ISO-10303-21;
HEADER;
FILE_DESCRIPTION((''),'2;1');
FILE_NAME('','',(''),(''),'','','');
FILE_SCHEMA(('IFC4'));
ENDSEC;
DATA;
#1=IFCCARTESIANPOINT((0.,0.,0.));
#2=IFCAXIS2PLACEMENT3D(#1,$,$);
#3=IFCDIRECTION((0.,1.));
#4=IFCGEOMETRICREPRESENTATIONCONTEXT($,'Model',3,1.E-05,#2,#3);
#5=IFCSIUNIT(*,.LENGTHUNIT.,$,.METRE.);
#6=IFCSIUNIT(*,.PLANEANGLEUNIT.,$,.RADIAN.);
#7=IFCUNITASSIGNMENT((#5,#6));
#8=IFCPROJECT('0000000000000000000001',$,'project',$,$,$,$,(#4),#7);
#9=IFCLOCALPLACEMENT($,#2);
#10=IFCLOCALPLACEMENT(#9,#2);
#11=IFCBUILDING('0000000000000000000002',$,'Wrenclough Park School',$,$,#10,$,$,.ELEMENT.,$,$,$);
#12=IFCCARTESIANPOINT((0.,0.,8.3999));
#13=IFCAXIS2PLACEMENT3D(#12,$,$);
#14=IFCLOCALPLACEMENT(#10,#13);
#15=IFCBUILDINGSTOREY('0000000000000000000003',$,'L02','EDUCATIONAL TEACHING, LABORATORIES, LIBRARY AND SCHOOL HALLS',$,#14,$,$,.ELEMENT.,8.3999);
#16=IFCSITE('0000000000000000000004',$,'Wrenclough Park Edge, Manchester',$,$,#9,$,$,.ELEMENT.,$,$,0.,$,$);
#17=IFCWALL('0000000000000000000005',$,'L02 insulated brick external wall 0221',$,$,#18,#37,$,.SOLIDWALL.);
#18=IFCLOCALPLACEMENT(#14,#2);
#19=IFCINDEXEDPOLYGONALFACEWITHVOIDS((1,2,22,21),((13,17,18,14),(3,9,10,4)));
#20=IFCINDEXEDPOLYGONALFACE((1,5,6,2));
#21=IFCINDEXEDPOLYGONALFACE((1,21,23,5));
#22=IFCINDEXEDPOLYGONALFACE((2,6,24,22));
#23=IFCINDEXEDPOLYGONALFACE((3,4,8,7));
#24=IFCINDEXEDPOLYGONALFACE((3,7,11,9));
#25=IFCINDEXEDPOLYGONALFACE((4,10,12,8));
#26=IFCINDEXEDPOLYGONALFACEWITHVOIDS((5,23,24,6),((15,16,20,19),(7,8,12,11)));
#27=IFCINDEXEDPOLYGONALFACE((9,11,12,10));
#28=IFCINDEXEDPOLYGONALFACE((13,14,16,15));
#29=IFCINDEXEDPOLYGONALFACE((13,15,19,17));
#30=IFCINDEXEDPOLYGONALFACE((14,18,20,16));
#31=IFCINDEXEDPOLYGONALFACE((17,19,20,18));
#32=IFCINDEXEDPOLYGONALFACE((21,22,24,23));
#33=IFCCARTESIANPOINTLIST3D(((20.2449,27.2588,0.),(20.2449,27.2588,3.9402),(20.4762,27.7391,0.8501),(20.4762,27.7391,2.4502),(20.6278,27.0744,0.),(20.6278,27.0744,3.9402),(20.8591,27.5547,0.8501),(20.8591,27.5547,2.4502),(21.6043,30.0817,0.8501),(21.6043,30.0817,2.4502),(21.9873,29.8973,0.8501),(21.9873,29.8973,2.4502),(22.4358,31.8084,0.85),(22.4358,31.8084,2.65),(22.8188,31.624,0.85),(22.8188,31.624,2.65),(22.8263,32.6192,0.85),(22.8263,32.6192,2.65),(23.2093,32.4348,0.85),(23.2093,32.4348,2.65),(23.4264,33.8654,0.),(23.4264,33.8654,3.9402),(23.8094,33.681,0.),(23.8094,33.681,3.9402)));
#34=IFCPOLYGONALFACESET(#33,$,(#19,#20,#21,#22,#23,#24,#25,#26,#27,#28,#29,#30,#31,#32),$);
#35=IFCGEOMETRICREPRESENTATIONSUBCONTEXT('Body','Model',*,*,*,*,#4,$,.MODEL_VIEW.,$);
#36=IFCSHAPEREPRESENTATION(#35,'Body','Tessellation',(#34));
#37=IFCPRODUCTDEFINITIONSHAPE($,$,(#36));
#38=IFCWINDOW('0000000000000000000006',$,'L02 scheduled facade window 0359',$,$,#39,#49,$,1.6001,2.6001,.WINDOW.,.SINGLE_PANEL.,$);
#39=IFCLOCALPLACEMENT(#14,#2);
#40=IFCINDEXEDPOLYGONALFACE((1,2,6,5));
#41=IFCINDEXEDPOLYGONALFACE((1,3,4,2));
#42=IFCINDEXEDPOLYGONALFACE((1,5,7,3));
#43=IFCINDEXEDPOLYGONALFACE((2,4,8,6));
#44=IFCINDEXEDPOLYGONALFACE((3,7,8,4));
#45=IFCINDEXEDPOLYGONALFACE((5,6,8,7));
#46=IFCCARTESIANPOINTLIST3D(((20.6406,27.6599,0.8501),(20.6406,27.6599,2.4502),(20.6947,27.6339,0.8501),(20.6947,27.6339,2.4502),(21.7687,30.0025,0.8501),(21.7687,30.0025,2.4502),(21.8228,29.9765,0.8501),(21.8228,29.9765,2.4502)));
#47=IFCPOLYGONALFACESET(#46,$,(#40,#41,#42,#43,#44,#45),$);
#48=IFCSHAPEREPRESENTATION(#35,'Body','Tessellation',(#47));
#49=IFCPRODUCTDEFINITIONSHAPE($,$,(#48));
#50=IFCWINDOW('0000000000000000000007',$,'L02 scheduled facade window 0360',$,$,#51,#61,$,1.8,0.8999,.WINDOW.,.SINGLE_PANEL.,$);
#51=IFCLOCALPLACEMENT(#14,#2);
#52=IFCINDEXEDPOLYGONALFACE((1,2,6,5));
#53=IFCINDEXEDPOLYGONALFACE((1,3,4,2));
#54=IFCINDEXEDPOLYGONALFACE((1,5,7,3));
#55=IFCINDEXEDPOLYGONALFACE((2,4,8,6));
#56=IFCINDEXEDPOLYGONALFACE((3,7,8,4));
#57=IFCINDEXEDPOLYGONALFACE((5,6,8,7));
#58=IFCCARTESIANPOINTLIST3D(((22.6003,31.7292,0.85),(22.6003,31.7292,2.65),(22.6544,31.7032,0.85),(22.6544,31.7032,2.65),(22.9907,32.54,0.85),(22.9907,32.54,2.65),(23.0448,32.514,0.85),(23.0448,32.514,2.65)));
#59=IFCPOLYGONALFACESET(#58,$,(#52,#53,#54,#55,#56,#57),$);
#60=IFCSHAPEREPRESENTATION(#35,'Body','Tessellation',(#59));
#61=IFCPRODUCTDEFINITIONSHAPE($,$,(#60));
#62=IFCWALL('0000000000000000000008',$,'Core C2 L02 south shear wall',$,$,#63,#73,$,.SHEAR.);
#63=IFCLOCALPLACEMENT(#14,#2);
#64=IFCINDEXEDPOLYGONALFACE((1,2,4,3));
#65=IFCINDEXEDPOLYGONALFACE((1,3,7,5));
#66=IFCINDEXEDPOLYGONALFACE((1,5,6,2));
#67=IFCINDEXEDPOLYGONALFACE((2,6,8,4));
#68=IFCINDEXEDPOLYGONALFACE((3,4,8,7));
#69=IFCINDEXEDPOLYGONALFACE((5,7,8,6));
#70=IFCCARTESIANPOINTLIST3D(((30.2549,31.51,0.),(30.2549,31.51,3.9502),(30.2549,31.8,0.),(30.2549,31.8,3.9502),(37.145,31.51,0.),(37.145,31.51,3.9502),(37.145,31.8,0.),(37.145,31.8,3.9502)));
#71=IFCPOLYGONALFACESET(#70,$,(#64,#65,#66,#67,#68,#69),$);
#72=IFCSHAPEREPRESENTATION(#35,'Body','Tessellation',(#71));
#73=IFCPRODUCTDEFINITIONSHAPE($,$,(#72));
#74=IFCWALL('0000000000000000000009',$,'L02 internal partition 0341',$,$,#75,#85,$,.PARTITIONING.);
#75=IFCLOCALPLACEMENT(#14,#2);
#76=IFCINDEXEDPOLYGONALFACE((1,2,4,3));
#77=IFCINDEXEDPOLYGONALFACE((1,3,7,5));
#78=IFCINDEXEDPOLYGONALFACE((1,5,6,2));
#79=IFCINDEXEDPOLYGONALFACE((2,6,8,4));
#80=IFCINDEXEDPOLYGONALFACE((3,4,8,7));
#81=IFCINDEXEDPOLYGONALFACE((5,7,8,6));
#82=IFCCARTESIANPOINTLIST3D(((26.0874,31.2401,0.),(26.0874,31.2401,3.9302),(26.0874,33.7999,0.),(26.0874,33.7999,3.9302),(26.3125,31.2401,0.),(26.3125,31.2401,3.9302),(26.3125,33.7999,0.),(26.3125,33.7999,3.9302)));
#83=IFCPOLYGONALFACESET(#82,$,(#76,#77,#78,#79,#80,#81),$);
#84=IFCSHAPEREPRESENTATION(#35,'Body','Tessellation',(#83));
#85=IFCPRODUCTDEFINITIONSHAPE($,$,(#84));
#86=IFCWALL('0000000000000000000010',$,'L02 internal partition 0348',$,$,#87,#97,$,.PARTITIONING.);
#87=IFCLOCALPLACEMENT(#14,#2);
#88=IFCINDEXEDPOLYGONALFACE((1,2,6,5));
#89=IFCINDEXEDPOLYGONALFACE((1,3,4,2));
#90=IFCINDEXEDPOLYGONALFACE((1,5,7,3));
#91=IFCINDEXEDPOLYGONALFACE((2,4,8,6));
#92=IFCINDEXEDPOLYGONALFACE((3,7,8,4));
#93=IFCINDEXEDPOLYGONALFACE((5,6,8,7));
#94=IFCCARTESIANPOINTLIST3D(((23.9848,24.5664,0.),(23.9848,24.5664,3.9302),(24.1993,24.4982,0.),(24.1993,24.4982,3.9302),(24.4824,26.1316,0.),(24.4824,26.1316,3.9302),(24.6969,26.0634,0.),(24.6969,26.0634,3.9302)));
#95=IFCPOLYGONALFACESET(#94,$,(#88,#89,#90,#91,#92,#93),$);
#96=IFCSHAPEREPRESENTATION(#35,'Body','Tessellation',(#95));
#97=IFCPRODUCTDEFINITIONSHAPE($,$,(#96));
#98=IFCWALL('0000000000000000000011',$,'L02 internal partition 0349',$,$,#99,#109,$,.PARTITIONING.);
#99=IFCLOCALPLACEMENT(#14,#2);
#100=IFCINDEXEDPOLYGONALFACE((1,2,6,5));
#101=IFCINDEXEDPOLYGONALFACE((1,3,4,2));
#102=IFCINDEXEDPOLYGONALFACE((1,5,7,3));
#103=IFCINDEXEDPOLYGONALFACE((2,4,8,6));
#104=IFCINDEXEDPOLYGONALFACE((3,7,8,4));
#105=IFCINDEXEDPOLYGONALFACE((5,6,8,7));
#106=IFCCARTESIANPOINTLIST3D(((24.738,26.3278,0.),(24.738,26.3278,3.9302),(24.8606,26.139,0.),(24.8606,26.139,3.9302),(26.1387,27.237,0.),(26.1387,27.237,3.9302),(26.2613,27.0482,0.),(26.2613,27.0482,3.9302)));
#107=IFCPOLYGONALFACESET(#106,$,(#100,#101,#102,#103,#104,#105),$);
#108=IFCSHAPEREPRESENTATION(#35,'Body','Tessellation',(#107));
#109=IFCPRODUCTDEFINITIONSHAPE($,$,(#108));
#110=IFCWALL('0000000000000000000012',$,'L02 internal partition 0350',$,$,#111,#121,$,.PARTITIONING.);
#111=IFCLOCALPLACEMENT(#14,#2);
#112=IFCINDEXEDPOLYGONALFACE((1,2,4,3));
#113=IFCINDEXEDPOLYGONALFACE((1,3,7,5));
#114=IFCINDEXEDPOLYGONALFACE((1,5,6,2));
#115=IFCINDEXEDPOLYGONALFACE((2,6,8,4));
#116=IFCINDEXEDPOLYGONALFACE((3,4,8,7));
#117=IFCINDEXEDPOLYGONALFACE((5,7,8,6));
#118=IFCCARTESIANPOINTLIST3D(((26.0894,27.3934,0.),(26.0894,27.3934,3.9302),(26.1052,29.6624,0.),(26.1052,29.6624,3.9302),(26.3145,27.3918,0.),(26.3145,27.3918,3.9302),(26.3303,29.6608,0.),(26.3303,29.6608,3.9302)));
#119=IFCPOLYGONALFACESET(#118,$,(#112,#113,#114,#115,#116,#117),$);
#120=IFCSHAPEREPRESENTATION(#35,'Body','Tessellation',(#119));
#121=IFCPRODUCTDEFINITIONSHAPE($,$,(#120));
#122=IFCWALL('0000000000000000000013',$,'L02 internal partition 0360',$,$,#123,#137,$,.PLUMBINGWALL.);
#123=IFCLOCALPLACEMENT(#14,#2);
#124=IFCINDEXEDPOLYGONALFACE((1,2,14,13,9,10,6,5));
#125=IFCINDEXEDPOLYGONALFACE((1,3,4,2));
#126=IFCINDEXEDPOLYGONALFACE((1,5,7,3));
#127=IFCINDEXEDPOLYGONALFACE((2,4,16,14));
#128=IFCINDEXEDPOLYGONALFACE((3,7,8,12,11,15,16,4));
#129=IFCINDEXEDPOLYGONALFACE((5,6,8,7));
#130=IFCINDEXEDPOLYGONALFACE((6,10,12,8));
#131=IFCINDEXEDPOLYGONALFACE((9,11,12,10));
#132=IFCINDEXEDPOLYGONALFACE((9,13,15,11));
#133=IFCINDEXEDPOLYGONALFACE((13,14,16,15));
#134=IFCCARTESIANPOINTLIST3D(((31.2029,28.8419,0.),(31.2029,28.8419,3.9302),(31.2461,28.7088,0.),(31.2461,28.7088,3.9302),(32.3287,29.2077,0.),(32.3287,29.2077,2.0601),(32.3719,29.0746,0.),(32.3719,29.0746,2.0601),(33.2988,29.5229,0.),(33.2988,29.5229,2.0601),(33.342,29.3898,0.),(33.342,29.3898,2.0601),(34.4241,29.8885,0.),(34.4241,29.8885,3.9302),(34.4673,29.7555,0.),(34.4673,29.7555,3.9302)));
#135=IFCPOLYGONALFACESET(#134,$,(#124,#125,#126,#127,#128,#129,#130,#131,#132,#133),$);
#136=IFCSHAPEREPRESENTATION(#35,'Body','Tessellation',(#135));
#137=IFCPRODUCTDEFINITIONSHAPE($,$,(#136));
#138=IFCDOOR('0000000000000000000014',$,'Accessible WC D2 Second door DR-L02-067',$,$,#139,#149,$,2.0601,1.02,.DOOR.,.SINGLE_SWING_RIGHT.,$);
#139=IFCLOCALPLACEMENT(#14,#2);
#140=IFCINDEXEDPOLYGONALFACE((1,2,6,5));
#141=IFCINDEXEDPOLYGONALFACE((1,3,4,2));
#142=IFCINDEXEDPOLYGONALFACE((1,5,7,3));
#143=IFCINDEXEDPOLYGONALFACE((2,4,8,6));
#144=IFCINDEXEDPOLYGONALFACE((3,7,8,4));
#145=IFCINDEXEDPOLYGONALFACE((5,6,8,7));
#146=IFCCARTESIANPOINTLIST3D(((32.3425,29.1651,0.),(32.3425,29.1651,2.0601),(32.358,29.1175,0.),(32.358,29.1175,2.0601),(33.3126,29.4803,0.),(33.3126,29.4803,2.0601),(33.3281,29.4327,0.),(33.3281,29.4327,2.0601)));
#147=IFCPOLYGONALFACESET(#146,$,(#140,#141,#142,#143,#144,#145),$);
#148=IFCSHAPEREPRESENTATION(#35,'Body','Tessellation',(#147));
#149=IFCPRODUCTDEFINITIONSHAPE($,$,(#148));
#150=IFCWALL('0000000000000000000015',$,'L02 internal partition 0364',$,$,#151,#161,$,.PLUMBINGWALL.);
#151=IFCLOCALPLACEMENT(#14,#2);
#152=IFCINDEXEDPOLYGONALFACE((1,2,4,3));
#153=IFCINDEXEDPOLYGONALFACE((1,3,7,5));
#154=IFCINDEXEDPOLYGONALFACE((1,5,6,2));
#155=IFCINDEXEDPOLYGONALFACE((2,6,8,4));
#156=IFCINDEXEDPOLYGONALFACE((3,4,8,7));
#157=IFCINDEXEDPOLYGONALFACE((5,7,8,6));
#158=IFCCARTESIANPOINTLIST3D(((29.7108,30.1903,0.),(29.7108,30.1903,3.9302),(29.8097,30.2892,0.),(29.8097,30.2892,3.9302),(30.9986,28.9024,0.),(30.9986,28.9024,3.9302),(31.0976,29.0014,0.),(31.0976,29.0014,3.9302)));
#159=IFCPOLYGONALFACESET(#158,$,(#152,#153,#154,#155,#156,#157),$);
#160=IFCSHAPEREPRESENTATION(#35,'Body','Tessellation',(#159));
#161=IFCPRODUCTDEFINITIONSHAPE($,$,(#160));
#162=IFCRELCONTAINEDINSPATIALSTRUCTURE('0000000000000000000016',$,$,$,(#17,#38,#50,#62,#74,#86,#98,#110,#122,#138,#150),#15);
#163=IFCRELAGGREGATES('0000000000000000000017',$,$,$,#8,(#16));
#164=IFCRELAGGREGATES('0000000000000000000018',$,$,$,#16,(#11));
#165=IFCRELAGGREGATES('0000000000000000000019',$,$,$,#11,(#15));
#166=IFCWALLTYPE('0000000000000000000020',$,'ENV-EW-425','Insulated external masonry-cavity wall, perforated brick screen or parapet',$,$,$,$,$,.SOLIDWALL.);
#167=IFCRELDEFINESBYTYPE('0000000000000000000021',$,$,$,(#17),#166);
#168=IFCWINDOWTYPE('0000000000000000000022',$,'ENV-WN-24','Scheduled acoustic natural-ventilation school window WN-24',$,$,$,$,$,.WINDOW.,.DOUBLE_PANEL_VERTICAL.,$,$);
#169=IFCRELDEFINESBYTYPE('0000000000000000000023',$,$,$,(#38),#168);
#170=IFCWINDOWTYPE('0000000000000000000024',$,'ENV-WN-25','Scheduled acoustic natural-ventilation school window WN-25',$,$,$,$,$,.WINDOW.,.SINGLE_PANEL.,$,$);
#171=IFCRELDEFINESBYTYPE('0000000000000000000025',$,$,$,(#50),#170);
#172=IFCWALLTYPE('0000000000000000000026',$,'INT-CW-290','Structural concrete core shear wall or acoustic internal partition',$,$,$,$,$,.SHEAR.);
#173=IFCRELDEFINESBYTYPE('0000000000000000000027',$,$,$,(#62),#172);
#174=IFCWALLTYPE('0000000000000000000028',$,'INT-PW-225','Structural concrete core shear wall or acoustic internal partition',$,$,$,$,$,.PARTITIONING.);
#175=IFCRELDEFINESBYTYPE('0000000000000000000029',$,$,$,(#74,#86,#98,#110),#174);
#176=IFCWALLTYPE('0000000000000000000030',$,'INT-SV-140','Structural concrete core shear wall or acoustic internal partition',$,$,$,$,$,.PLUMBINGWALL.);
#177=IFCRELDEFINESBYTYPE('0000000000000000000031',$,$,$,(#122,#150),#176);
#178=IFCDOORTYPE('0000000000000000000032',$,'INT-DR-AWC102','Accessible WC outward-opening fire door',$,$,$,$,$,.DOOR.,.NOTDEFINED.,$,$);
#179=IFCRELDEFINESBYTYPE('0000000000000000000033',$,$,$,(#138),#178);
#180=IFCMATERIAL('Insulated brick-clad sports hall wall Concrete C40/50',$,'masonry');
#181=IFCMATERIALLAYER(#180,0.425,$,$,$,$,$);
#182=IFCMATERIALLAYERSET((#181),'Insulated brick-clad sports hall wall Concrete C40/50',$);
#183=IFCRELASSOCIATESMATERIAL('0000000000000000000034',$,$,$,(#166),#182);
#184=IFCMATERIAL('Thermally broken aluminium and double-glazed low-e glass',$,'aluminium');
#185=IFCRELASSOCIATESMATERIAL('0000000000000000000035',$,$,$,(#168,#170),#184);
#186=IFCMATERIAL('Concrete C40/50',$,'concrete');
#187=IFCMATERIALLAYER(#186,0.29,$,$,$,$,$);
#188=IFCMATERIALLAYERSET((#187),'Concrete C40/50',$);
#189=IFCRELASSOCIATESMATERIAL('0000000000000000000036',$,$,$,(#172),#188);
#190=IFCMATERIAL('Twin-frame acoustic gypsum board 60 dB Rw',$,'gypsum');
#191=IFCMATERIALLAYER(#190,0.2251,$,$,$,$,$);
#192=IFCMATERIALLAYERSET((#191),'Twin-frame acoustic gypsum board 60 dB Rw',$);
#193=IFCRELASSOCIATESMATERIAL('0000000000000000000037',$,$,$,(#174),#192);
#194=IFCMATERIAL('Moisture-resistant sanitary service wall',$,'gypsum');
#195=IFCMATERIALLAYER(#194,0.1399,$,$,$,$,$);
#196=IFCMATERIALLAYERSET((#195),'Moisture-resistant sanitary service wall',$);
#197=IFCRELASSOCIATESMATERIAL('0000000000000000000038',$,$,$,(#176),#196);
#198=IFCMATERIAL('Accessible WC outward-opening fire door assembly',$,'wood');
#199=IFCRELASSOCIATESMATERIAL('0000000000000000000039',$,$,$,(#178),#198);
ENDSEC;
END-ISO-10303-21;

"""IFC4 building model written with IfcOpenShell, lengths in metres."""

from ifc_helpers import new_model, si_unit, direction, frame, frame_2d, origin, place, context, subcontext, project, spatial, rectangle, extrude, material, layer, layer_set, type_object, element, fill, save


model = new_model("IFC4")

# Units and contexts
model_context = context("Model", 3, precision=1e-05, world=origin(), true_north=direction((0.0, 1.0)))
body_context = subcontext(model_context, "Body", "Model", "MODEL_VIEW")
ifc_project = project(units=[si_unit("LENGTHUNIT", "METRE"), si_unit("PLANEANGLEUNIT", "RADIAN")], contexts=[model_context])

# Site, building, storey
site_placement = place(None, origin())
site = spatial("IfcSite", under=ifc_project, at=site_placement, Name="Wrenclough Park Edge, Manchester", CompositionType="ELEMENT", RefElevation=0.0)
building_placement = place(site_placement, origin())
building = spatial("IfcBuilding", under=site, at=building_placement, Name="Wrenclough Park School", CompositionType="ELEMENT")
storey_placement = place(building_placement, frame((0.0, 0.0, 8.3999)))
storey = spatial("IfcBuildingStorey", under=building, at=storey_placement, Name="L02", Description="EDUCATIONAL TEACHING, LABORATORIES, LIBRARY AND SCHOOL HALLS", CompositionType="ELEMENT", Elevation=8.3999)

# Shared definitions
ifc_material_1 = material(Name="Concrete C40/50", Category="concrete")

# Wall, openings, windows
ifc_material_2 = material(Name="Insulated brick-clad sports hall wall Concrete C40/50", Category="masonry")
ifc_layer_1 = layer(ifc_material_2, 0.425)
ifc_layer_set_1 = layer_set([ifc_layer_1], Name="Insulated brick-clad sports hall wall Concrete C40/50")
wall_type_1 = type_object("IfcWallType", Name="ENV-EW-425", Description="Insulated external masonry-cavity wall, perforated brick screen or parapet", PredefinedType="SOLIDWALL", material=ifc_layer_set_1)
wall_1_placement = place(storey_placement, frame((20.4363, 27.1665, 0.0), z_axis=(0.0, 0.0, 1.0), x_axis=(0.433887, 0.900967, 0.0)))
wall_1 = element("IfcWall", 1, at=wall_1_placement, inside=storey, type_object=wall_type_1, Name="L02 insulated brick external wall 0221", PredefinedType="SOLIDWALL", context=body_context, shape_type="SweptSolid", body=[
    extrude(rectangle(XDim=7.3328, YDim=0.425, at=frame_2d((3.6665, 0.0))), origin(), (0.0, 0.0, 1.0), 3.9402),
])
opening_1_placement = place(wall_1_placement, frame((0.5332, 0.0, 0.8501)))
opening_1 = element("IfcOpeningElement", 2, at=opening_1_placement, cuts=wall_1, PredefinedType="OPENING", context=body_context, shape_type="SweptSolid", body=[
    extrude(rectangle(XDim=2.6001, YDim=1.6001, at=frame_2d((1.3, 0.8))), frame((0.0, 0.2224, 0.0), z_axis=(0.0, -1.0, 0.0), x_axis=(1.0, 0.0, 0.0)), (0.0, 0.0, 1.0), 0.4451),
])
opening_2_placement = place(wall_1_placement, frame((5.0498, 0.0, 0.8501)))
opening_2 = element("IfcOpeningElement", 3, at=opening_2_placement, cuts=wall_1, PredefinedType="OPENING", context=body_context, shape_type="SweptSolid", body=[
    extrude(rectangle(XDim=0.8999, YDim=1.8, at=frame_2d((0.45, 0.8999))), frame((0.0, 0.2224, 0.0), z_axis=(0.0, -1.0, 0.0), x_axis=(1.0, 0.0, 0.0)), (0.0, 0.0, 1.0), 0.4451),
])
ifc_material_3 = material(Name="Thermally broken aluminium and double-glazed low-e glass", Category="aluminium")
window_type_1 = type_object("IfcWindowType", Name="ENV-WN-24", Description="Scheduled acoustic natural-ventilation school window WN-24", PartitioningType="DOUBLE_PANEL_VERTICAL", PredefinedType="WINDOW", material=ifc_material_3)
window_1_placement = place(opening_1_placement, origin())
window_1 = element("IfcWindow", 4, at=window_1_placement, inside=storey, type_object=window_type_1, Name="L02 scheduled facade window 0359", OverallHeight=1.6001, OverallWidth=2.6001, PartitioningType="SINGLE_PANEL", PredefinedType="WINDOW", context=body_context, shape_type="SweptSolid", body=[
    extrude(rectangle(XDim=2.6001, YDim=1.6001, at=frame_2d((1.3, 0.8))), frame((0.0, 0.03, 0.0), z_axis=(0.0, -1.0, 0.0), x_axis=(1.0, 0.0, 0.0)), (0.0, 0.0, 1.0), 0.0601),
])
fill(opening_1, window_1)
window_type_2 = type_object("IfcWindowType", Name="ENV-WN-25", Description="Scheduled acoustic natural-ventilation school window WN-25", PartitioningType="SINGLE_PANEL", PredefinedType="WINDOW", material=ifc_material_3)
window_2_placement = place(opening_2_placement, origin())
window_2 = element("IfcWindow", 5, at=window_2_placement, inside=storey, type_object=window_type_2, Name="L02 scheduled facade window 0360", OverallHeight=1.8, OverallWidth=0.8999, PartitioningType="SINGLE_PANEL", PredefinedType="WINDOW", context=body_context, shape_type="SweptSolid", body=[
    extrude(rectangle(XDim=0.8999, YDim=1.8, at=frame_2d((0.45, 0.8999))), frame((0.0, 0.03, 0.0), z_axis=(0.0, -1.0, 0.0), x_axis=(1.0, 0.0, 0.0)), (0.0, 0.0, 1.0), 0.0601),
])
fill(opening_2, window_2)

# Walls
ifc_layer_2 = layer(ifc_material_1, 0.29)
ifc_layer_set_2 = layer_set([ifc_layer_2], Name="Concrete C40/50")
wall_type_2 = type_object("IfcWallType", Name="INT-CW-290", Description="Structural concrete core shear wall or acoustic internal partition", PredefinedType="SHEAR", material=ifc_layer_set_2)
wall_2_placement = place(storey_placement, frame((30.2549, 31.655, 0.0), z_axis=(0.0, 0.0, 1.0), x_axis=(1.0, 0.0, 0.0)))
element("IfcWall", 6, at=wall_2_placement, inside=storey, type_object=wall_type_2, Name="Core C2 L02 south shear wall", PredefinedType="SHEAR", context=body_context, shape_type="SweptSolid", body=[
    extrude(rectangle(XDim=6.8901, YDim=0.29, at=frame_2d((3.4451, 0.0))), origin(), (0.0, 0.0, 1.0), 3.9502),
])
ifc_material_4 = material(Name="Twin-frame acoustic gypsum board 60 dB Rw", Category="gypsum")
ifc_layer_3 = layer(ifc_material_4, 0.2251)
ifc_layer_set_3 = layer_set([ifc_layer_3], Name="Twin-frame acoustic gypsum board 60 dB Rw")
wall_type_3 = type_object("IfcWallType", Name="INT-PW-225", Description="Structural concrete core shear wall or acoustic internal partition", PredefinedType="PARTITIONING", material=ifc_layer_set_3)
wall_3_placement = place(storey_placement, frame((26.2, 31.2402, 0.0), z_axis=(0.0, 0.0, 1.0), x_axis=(0.0, 1.0, 0.0)))
element("IfcWall", 7, at=wall_3_placement, inside=storey, type_object=wall_type_3, Name="L02 internal partition 0341", PredefinedType="PARTITIONING", context=body_context, shape_type="SweptSolid", body=[
    extrude(rectangle(XDim=2.5598, YDim=0.2251, at=frame_2d((1.2798, 0.0))), origin(), (0.0, 0.0, 1.0), 3.9302),
])
wall_4_placement = place(storey_placement, frame((24.092, 24.5322, 0.0), z_axis=(0.0, 0.0, 1.0), x_axis=(0.302952, 0.953006, 0.0)))
element("IfcWall", 8, at=wall_4_placement, inside=storey, type_object=wall_type_3, Name="L02 internal partition 0348", PredefinedType="PARTITIONING", context=body_context, shape_type="SweptSolid", body=[
    extrude(rectangle(XDim=1.6423, YDim=0.2251, at=frame_2d((0.8213, 0.0))), origin(), (0.0, 0.0, 1.0), 3.9302),
])
wall_5_placement = place(storey_placement, frame((24.7993, 26.2334, 0.0), z_axis=(0.0, 0.0, 1.0), x_axis=(0.838781, 0.544469, 0.0)))
element("IfcWall", 9, at=wall_5_placement, inside=storey, type_object=wall_type_3, Name="L02 internal partition 0349", PredefinedType="PARTITIONING", context=body_context, shape_type="SweptSolid", body=[
    extrude(rectangle(XDim=1.6699, YDim=0.2251, at=frame_2d((0.835, 0.0))), origin(), (0.0, 0.0, 1.0), 3.9302),
])
wall_6_placement = place(storey_placement, frame((26.2019, 27.3926, 0.0), z_axis=(0.0, 0.0, 1.0), x_axis=(0.006994, 0.999976, 0.0)))
element("IfcWall", 10, at=wall_6_placement, inside=storey, type_object=wall_type_3, Name="L02 internal partition 0350", PredefinedType="PARTITIONING", context=body_context, shape_type="SweptSolid", body=[
    extrude(rectangle(XDim=2.269, YDim=0.2251, at=frame_2d((1.1345, 0.0))), origin(), (0.0, 0.0, 1.0), 3.9302),
])

# Wall, opening, door
ifc_material_5 = material(Name="Moisture-resistant sanitary service wall", Category="gypsum")
ifc_layer_4 = layer(ifc_material_5, 0.1399)
ifc_layer_set_4 = layer_set([ifc_layer_4], Name="Moisture-resistant sanitary service wall")
wall_type_4 = type_object("IfcWallType", Name="INT-SV-140", Description="Structural concrete core shear wall or acoustic internal partition", PredefinedType="PLUMBINGWALL", material=ifc_layer_set_4)
wall_7_placement = place(storey_placement, frame((31.2246, 28.7754, 0.0), z_axis=(0.0, 0.0, 1.0), x_axis=(0.951056, 0.309018, 0.0)))
wall_7 = element("IfcWall", 11, at=wall_7_placement, inside=storey, type_object=wall_type_4, Name="L02 internal partition 0360", PredefinedType="PLUMBINGWALL", context=body_context, shape_type="SweptSolid", body=[
    extrude(rectangle(XDim=3.387, YDim=0.1399, at=frame_2d((1.6934, 0.0))), origin(), (0.0, 0.0, 1.0), 3.9302),
])
opening_3_placement = place(wall_7_placement, frame((1.1836, 0.0, 0.0)))
opening_3 = element("IfcOpeningElement", 12, at=opening_3_placement, cuts=wall_7, PredefinedType="OPENING", context=body_context, shape_type="SweptSolid", body=[
    extrude(rectangle(XDim=1.02, YDim=2.0601, at=frame_2d((0.51, 1.03))), frame((0.0, 0.0798, 0.0), z_axis=(0.0, -1.0, 0.0), x_axis=(1.0, 0.0, 0.0)), (0.0, 0.0, 1.0), 0.1599),
])
ifc_material_6 = material(Name="Accessible WC outward-opening fire door assembly", Category="wood")
door_type = type_object("IfcDoorType", Name="INT-DR-AWC102", Description="Accessible WC outward-opening fire door", OperationType="NOTDEFINED", PredefinedType="DOOR", material=ifc_material_6)
door_placement = place(opening_3_placement, frame((1.02, 0.0, 0.0), z_axis=(0.0, 0.0, 1.0), x_axis=(-1.0, 0.0, 0.0)))
door = element("IfcDoor", 13, at=door_placement, inside=storey, type_object=door_type, Name="Accessible WC D2 Second door DR-L02-067", OperationType="SINGLE_SWING_RIGHT", OverallHeight=2.0601, OverallWidth=1.02, PredefinedType="DOOR", context=body_context, shape_type="SweptSolid", body=[
    extrude(rectangle(XDim=1.02, YDim=2.0601, at=frame_2d((0.51, 1.03))), frame((0.0, 0.0249, 0.0), z_axis=(0.0, -1.0, 0.0), x_axis=(1.0, 0.0, 0.0)), (0.0, 0.0, 1.0), 0.05),
])
fill(opening_3, door)

# Wall
wall_8_placement = place(storey_placement, frame((29.7603, 30.2397, 0.0), z_axis=(0.0, 0.0, 1.0), x_axis=(0.707107, -0.707107, 0.0)))
element("IfcWall", 14, at=wall_8_placement, inside=storey, type_object=wall_type_4, Name="L02 internal partition 0364", PredefinedType="PLUMBINGWALL", context=body_context, shape_type="SweptSolid", body=[
    extrude(rectangle(XDim=1.8213, YDim=0.1399, at=frame_2d((0.9106, 0.0))), origin(), (0.0, 0.0, 1.0), 3.9302),
])

save(model, "model.ifc")
